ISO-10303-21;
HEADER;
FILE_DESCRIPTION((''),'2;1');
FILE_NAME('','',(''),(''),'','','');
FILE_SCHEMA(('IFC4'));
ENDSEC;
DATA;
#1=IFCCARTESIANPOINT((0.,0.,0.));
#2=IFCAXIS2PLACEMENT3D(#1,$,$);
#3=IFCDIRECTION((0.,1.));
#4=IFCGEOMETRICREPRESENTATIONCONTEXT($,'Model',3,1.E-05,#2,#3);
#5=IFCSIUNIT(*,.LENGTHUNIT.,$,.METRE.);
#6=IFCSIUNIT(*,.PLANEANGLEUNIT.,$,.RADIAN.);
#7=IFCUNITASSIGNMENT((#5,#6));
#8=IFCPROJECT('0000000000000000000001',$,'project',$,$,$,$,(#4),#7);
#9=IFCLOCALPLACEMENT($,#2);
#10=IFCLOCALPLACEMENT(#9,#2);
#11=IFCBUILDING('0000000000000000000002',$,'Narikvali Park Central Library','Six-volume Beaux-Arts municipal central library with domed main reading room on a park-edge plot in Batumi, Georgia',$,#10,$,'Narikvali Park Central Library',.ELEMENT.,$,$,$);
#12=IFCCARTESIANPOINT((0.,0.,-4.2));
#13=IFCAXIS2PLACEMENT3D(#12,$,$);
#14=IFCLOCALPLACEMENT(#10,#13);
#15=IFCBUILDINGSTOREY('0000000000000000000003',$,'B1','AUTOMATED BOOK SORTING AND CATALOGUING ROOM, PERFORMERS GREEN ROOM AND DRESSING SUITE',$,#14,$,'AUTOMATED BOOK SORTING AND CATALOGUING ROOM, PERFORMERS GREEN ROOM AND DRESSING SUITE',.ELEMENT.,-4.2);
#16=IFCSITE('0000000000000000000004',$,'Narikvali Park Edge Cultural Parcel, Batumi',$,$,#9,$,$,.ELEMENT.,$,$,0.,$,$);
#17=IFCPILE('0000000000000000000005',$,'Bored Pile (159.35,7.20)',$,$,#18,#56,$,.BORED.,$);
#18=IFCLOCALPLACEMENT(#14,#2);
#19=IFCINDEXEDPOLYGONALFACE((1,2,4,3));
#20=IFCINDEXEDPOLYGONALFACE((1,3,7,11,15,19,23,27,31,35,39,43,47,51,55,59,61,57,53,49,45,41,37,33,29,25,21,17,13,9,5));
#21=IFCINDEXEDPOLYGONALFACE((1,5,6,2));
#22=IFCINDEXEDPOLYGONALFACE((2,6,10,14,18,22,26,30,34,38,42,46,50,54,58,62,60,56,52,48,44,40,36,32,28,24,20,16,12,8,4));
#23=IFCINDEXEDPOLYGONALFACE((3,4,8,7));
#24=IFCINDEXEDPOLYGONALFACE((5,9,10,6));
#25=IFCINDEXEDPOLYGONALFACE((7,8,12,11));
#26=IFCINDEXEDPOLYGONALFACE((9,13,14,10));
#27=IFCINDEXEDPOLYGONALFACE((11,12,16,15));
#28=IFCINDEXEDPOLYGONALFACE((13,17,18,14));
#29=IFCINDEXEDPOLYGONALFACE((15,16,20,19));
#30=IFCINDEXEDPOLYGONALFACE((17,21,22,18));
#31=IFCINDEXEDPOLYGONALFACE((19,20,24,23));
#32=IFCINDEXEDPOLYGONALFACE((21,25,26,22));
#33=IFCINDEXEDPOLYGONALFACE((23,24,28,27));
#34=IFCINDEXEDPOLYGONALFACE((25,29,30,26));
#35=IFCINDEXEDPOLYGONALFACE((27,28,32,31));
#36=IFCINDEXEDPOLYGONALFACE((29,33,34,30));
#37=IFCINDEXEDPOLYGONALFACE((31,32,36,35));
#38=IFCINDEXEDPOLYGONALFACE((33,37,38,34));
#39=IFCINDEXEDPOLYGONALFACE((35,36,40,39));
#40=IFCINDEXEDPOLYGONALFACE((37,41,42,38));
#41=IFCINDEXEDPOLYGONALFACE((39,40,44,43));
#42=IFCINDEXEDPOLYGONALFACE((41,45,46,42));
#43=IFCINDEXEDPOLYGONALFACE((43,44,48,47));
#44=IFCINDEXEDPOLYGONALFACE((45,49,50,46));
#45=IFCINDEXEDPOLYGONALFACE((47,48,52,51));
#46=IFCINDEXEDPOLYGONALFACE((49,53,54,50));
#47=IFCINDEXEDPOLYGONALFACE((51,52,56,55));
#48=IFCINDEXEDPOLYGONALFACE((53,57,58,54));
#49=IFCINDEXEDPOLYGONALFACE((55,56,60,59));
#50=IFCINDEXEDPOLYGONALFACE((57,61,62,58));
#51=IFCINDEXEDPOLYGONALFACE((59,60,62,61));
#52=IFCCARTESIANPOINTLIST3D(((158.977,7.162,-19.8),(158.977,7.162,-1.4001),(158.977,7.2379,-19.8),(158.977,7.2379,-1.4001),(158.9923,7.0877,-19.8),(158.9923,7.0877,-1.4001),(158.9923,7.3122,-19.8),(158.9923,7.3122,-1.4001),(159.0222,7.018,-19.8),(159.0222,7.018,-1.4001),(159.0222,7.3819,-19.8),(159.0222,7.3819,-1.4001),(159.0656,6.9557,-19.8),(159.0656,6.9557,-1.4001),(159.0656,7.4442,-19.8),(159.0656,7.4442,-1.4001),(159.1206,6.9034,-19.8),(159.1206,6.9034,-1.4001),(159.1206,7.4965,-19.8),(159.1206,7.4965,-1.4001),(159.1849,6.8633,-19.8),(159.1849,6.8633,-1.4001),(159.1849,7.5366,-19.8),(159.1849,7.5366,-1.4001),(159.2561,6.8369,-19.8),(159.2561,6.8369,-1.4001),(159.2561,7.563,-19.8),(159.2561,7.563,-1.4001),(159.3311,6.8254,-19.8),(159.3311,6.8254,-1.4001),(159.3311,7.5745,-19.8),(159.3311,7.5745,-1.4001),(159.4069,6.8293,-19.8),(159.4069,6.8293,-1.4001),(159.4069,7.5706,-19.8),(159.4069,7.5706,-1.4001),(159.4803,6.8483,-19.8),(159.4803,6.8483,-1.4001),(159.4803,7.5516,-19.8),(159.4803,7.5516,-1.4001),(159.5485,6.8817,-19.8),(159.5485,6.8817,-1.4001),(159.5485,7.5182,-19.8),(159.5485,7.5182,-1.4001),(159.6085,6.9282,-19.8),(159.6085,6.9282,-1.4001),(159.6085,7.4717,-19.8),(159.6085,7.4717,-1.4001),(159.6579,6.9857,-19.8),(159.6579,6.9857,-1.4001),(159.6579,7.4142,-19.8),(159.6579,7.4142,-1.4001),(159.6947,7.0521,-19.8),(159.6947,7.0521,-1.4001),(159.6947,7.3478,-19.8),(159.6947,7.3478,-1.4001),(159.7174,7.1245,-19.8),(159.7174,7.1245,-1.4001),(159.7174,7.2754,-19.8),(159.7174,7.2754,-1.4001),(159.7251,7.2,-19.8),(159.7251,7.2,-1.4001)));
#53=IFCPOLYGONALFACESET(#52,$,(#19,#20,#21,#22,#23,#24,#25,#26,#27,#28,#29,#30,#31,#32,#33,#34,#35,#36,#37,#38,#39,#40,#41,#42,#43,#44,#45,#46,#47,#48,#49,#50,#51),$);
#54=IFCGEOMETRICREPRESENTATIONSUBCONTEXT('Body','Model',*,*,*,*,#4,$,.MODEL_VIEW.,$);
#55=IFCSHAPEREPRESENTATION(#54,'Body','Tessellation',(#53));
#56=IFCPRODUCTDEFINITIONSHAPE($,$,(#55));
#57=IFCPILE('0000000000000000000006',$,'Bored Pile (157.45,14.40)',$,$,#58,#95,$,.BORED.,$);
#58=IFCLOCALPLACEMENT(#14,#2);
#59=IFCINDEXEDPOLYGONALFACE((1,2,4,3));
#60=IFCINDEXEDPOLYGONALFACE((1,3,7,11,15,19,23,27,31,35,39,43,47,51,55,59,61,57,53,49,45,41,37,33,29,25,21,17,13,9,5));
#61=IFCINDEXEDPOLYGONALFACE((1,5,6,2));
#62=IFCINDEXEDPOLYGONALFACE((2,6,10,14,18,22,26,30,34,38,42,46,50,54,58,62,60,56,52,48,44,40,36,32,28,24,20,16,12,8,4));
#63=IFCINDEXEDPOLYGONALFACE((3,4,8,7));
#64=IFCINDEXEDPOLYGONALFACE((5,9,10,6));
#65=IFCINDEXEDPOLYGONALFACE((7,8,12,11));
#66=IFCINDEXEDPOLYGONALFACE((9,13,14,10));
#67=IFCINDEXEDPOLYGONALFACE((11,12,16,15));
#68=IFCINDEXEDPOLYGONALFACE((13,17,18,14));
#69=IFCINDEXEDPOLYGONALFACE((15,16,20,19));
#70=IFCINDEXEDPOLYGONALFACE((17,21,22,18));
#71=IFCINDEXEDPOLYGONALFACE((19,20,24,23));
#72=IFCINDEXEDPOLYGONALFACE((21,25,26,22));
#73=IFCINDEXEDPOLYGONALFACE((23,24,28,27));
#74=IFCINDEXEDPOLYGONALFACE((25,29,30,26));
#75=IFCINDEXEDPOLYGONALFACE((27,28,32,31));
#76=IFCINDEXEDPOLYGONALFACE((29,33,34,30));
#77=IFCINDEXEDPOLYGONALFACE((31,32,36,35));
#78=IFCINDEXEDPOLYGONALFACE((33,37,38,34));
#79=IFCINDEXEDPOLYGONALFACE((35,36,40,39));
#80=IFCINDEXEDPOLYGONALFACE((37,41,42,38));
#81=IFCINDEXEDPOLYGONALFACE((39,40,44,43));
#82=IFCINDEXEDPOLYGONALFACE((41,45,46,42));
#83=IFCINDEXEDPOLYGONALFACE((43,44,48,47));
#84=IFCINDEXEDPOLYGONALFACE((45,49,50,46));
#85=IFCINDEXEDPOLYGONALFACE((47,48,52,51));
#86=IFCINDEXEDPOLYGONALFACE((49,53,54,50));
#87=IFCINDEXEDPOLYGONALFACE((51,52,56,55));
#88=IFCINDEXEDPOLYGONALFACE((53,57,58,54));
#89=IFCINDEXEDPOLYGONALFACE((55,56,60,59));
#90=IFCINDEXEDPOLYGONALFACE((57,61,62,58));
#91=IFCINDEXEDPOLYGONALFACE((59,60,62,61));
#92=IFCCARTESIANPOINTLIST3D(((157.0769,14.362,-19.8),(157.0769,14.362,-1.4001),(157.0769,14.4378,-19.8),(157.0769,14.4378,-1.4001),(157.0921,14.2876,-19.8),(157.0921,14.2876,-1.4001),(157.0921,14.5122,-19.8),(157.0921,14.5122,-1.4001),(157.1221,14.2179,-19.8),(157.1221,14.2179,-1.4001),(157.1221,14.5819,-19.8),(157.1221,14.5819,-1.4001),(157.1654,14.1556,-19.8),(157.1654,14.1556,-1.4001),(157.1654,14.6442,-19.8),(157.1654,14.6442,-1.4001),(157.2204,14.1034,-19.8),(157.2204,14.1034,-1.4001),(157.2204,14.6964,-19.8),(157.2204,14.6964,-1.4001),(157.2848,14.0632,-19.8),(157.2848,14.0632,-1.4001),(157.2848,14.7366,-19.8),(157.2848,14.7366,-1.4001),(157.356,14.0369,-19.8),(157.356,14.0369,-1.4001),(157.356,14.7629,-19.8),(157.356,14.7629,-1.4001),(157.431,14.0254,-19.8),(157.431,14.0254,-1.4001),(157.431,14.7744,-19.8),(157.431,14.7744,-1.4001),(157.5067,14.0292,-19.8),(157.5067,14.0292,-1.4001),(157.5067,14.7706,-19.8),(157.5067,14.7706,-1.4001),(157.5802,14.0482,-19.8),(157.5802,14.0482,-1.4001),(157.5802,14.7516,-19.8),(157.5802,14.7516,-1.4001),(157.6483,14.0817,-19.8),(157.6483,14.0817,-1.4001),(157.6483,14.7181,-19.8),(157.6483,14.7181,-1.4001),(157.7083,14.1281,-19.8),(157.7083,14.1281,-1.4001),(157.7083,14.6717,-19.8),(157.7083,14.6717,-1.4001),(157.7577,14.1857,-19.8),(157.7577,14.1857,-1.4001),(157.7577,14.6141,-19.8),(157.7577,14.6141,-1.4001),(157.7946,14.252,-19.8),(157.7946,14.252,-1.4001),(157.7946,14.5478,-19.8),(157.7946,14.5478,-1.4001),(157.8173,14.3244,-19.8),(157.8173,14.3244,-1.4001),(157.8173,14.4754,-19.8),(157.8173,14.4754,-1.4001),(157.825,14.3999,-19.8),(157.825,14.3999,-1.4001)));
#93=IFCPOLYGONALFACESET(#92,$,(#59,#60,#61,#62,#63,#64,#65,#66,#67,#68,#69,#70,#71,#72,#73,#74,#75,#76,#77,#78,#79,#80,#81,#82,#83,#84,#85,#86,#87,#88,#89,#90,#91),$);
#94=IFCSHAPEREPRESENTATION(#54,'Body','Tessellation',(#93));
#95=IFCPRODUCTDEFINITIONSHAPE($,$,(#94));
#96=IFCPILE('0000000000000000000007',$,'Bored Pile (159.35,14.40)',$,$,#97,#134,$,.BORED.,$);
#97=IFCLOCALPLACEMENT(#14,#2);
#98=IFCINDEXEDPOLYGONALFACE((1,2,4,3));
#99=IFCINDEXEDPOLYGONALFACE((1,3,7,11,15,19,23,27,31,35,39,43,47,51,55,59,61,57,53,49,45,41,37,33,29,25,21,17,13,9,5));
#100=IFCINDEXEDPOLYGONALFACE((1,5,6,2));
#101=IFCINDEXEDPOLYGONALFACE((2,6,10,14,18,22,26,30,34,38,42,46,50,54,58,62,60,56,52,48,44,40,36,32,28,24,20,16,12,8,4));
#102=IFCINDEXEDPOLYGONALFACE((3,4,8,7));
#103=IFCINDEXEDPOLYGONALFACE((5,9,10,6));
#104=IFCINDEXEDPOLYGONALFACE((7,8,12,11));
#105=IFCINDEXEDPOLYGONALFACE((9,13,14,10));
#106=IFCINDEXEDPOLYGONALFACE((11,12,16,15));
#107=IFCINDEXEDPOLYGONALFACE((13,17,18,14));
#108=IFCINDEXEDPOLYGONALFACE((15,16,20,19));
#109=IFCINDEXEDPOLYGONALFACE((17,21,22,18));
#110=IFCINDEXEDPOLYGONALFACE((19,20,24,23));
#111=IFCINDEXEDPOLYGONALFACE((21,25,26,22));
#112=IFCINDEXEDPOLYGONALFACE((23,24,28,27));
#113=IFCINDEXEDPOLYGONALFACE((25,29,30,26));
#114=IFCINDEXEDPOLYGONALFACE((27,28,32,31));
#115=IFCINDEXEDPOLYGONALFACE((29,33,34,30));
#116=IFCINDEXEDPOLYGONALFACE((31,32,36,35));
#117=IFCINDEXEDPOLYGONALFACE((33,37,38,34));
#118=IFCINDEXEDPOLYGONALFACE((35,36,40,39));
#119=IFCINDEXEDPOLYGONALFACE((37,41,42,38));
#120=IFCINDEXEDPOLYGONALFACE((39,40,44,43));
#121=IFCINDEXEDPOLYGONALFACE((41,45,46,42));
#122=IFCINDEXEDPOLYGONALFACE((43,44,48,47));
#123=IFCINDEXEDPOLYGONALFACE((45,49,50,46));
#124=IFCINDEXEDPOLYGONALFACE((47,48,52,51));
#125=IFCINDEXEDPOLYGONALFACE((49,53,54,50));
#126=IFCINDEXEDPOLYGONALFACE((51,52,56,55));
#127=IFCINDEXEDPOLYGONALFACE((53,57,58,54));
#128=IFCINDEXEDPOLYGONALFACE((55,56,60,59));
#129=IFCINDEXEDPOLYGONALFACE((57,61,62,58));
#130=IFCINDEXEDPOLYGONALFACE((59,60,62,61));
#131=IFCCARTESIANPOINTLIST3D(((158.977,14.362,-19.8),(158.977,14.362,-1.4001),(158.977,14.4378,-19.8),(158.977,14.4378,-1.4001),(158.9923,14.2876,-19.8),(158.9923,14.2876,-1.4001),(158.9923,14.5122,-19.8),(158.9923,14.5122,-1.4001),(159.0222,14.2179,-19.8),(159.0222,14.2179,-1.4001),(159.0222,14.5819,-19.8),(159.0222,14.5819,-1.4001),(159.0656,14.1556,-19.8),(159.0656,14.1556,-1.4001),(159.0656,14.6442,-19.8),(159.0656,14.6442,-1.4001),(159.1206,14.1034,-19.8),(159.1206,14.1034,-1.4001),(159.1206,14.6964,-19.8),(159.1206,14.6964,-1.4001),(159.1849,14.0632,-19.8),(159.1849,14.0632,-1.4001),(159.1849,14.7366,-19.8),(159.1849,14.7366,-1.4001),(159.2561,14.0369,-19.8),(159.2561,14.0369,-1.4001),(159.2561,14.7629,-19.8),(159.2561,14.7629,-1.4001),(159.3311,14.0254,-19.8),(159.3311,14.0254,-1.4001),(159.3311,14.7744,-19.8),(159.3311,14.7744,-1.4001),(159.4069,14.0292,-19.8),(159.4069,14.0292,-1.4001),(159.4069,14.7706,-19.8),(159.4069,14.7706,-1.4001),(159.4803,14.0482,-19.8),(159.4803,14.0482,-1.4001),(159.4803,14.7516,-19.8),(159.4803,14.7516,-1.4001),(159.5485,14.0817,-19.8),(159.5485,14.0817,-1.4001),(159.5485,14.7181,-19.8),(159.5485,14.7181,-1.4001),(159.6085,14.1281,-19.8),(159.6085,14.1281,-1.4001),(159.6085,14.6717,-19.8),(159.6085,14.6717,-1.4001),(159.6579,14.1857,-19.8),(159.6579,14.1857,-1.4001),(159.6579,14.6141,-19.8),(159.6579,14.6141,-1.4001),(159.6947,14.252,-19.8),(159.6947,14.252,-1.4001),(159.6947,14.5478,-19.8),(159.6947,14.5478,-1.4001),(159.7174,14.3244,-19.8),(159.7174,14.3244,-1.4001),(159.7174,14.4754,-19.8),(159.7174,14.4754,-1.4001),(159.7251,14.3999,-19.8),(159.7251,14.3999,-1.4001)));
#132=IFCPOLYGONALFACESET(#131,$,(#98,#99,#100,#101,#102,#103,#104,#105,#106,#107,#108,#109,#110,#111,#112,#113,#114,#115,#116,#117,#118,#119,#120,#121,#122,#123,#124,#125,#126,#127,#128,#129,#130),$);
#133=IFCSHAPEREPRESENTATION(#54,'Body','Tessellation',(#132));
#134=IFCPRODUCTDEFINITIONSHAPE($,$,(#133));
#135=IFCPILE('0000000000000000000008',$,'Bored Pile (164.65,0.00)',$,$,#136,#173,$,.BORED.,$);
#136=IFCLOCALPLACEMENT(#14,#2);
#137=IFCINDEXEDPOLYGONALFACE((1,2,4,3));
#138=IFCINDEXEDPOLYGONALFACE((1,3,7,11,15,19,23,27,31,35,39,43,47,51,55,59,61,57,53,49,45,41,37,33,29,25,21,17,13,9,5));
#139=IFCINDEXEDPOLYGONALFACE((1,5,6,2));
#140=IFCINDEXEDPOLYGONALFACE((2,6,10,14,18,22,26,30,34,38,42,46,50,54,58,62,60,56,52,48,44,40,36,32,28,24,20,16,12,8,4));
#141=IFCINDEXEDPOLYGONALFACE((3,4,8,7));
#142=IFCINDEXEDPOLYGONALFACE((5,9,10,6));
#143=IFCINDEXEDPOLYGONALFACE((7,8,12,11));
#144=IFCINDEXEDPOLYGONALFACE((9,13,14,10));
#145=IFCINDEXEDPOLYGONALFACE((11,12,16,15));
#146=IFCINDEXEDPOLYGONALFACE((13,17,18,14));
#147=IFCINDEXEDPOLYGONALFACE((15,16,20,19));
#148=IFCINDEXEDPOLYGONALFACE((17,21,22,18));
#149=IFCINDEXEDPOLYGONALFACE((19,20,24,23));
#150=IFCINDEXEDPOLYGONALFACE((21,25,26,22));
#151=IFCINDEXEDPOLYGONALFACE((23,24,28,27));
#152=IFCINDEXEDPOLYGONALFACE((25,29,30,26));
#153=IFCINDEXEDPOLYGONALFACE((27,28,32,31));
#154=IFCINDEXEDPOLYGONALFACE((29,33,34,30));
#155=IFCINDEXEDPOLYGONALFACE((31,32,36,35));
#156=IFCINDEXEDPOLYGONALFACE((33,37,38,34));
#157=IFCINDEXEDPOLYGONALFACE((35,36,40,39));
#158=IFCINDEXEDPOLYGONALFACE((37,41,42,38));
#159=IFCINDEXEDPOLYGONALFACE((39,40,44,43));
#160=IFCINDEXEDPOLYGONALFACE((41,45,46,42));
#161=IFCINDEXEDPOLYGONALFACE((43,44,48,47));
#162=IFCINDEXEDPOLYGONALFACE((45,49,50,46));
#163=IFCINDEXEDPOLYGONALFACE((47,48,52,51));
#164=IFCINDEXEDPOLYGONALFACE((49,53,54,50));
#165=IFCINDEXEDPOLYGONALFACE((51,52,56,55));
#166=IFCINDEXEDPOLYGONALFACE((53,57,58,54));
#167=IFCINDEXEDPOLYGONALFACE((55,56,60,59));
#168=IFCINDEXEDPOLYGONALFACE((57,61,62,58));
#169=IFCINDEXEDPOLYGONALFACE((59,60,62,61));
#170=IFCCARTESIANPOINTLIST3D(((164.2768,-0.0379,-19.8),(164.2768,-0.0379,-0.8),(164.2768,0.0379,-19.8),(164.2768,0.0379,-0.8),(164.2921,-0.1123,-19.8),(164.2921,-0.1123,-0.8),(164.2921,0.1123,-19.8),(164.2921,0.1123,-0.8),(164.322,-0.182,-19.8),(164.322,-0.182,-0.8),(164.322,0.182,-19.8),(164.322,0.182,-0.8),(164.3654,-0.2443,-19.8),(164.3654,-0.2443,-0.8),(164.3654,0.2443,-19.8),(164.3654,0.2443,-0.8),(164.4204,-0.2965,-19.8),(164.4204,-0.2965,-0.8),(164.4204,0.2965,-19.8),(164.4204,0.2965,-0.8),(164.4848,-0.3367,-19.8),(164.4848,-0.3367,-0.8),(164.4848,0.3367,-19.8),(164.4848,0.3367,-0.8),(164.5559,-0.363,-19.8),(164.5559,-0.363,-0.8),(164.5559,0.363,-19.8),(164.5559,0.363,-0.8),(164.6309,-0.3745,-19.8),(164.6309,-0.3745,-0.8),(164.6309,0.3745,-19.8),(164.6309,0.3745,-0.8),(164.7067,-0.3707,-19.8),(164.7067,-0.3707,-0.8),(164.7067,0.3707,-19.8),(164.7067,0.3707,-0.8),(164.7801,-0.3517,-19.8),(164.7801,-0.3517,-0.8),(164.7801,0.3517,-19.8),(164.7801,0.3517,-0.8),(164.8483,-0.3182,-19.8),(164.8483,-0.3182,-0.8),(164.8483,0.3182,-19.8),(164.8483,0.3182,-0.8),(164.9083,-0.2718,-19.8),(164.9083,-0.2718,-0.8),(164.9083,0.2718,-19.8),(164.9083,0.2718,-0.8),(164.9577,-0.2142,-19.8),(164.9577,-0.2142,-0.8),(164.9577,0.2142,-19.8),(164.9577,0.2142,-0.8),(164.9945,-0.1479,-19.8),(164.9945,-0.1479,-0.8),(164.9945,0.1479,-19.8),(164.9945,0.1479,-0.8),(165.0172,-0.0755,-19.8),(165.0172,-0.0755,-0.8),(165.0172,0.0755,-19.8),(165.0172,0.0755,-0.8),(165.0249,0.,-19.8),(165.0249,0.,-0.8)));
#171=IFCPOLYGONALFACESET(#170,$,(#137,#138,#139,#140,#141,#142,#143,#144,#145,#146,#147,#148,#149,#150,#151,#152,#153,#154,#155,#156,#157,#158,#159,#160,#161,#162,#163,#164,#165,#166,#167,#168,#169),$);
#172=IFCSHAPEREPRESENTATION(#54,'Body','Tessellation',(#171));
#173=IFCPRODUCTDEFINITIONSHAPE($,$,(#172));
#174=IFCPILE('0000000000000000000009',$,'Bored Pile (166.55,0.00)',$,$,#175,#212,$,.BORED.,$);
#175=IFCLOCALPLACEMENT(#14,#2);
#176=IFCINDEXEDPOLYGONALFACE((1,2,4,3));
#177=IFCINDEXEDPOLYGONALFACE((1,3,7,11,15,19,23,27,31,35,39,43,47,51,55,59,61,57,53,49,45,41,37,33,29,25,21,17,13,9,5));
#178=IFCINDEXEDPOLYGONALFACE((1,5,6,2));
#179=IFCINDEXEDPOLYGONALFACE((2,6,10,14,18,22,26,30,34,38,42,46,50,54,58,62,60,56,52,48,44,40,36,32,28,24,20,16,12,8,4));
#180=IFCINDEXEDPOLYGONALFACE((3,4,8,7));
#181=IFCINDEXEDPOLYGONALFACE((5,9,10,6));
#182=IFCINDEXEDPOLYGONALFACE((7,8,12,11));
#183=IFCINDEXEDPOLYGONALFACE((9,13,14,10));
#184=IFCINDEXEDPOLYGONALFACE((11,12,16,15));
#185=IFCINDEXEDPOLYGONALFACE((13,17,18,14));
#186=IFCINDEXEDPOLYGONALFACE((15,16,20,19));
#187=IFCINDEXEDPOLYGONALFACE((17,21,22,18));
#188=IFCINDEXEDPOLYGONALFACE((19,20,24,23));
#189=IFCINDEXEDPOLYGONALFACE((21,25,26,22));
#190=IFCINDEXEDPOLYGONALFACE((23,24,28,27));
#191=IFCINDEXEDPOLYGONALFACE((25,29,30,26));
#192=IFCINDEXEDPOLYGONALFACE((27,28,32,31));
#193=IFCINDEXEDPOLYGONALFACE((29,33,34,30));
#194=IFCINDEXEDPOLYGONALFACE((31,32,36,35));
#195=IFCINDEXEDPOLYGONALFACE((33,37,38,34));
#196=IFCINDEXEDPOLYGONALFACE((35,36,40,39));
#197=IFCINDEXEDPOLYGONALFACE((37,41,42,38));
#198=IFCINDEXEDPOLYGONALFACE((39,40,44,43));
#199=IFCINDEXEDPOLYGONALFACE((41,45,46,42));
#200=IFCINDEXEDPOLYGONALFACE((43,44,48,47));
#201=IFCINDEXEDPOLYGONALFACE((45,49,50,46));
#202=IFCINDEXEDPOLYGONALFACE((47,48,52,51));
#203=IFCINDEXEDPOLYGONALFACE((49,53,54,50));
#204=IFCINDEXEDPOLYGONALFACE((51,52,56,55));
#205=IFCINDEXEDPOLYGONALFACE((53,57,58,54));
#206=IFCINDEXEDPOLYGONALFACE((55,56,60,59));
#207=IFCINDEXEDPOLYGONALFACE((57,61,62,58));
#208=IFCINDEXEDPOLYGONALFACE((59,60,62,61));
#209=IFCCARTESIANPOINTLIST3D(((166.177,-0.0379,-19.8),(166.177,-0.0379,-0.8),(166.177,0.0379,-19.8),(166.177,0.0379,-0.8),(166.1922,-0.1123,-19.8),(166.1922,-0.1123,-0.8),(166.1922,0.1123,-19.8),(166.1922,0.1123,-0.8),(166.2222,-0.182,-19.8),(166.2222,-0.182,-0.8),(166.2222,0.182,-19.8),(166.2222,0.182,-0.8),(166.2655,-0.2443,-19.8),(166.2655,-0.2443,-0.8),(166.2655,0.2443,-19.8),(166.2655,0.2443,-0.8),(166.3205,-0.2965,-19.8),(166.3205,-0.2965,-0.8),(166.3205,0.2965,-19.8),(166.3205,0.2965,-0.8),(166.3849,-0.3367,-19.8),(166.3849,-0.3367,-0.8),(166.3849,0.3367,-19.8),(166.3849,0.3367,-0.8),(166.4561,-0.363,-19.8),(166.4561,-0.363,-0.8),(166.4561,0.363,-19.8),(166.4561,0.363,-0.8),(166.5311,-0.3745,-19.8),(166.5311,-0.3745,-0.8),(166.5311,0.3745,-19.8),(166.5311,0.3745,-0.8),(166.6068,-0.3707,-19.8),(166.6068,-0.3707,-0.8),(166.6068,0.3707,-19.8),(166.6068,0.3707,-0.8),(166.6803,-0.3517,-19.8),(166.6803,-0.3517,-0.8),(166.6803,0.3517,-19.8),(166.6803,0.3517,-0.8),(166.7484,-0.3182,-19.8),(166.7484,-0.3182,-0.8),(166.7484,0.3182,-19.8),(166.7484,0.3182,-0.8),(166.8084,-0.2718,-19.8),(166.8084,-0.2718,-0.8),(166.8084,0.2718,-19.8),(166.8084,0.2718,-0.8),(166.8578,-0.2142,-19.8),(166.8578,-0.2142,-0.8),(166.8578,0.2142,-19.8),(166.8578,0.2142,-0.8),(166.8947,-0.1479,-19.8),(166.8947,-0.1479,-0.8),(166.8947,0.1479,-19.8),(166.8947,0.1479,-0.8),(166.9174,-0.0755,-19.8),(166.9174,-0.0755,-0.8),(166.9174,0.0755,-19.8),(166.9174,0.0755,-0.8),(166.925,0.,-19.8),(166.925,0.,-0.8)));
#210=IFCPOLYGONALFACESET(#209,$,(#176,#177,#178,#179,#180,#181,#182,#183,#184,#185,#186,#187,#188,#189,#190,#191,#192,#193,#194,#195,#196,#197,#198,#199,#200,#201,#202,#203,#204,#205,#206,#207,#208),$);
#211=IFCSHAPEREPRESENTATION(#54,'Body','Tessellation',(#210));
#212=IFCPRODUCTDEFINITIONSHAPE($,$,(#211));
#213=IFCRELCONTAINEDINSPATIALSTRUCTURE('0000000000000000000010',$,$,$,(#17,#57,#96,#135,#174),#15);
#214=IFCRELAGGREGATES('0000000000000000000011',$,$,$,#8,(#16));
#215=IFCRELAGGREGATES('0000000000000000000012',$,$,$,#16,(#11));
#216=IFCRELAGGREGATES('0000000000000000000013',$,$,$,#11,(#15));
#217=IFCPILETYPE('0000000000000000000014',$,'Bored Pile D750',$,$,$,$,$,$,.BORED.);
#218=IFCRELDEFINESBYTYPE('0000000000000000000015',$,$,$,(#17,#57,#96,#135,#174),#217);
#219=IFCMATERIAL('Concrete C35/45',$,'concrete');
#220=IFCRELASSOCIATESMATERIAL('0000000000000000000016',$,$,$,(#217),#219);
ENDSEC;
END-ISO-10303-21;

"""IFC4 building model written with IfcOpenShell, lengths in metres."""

from ifc_helpers import new_model, si_unit, direction, frame, origin, origin_2d, place, context, subcontext, project, spatial, circle, extrude, material, material_profile, profile_set, type_object, element, save


model = new_model("IFC4")

# Units and contexts
model_context = context("Model", 3, precision=1e-05, world=origin(), true_north=direction((0.0, 1.0)))
body_context = subcontext(model_context, "Body", "Model", "MODEL_VIEW")
ifc_project = project(units=[si_unit("LENGTHUNIT", "METRE"), si_unit("PLANEANGLEUNIT", "RADIAN")], contexts=[model_context])

# Site, building, storey
site_placement = place(None, origin())
site = spatial("IfcSite", under=ifc_project, at=site_placement, Name="Narikvali Park Edge Cultural Parcel, Batumi", CompositionType="ELEMENT", RefElevation=0.0)
building_placement = place(site_placement, origin())
building = spatial("IfcBuilding", under=site, at=building_placement, Name="Narikvali Park Central Library", Description="Six-volume Beaux-Arts municipal central library with domed main reading room on a park-edge plot in Batumi, Georgia", LongName="Narikvali Park Central Library", CompositionType="ELEMENT")
storey_placement = place(building_placement, frame((0.0, 0.0, -4.2)))
storey = spatial("IfcBuildingStorey", under=building, at=storey_placement, Name="B1", Description="AUTOMATED BOOK SORTING AND CATALOGUING ROOM, PERFORMERS GREEN ROOM AND DRESSING SUITE", LongName="AUTOMATED BOOK SORTING AND CATALOGUING ROOM, PERFORMERS GREEN ROOM AND DRESSING SUITE", CompositionType="ELEMENT", Elevation=-4.2)

# Piles
ifc_material_1 = material(Name="Concrete C35/45", Category="concrete")
ifc_material_profile_1 = material_profile(ifc_material_1, circle(Radius=0.375, at=origin_2d()), Name="PILE D750")
ifc_profile_set_1 = profile_set([ifc_material_profile_1], Name="Concrete C35/45")
pile_type = type_object("IfcPileType", Name="Bored Pile D750", PredefinedType="BORED", material=ifc_profile_set_1)
for number, where, z_axis, x_axis, name in (
    (1, (159.3501, 7.2, -1.4001), (0.0, 0.0, -1.0), (1.0, 0.0, 0.0), "Bored Pile (159.35,7.20)"),
    (2, (157.45, 14.3999, -1.4001), (0.0, 0.0, -1.0), (1.0, 0.0, 0.0), "Bored Pile (157.45,14.40)"),
    (3, (159.3501, 14.3999, -1.4001), (0.0, 0.0, -1.0), (1.0, 0.0, 0.0), "Bored Pile (159.35,14.40)"),
):
    element("IfcPile", number, at=place(storey_placement, frame(where, z_axis=z_axis, x_axis=x_axis)), inside=storey, type_object=pile_type, Name=name, PredefinedType="BORED", context=body_context, shape_type="SweptSolid", body=[
        extrude(circle(Radius=0.375, at=origin_2d()), origin(), (0.0, 0.0, 1.0), 18.3999),
    ])
for number, where, z_axis, x_axis, name in (
    (4, (164.6499, 0.0, -0.8), (0.0, 0.0, -1.0), (1.0, 0.0, 0.0), "Bored Pile (164.65,0.00)"),
    (5, (166.55, 0.0, -0.8), (0.0, 0.0, -1.0), (1.0, 0.0, 0.0), "Bored Pile (166.55,0.00)"),
):
    element("IfcPile", number, at=place(storey_placement, frame(where, z_axis=z_axis, x_axis=x_axis)), inside=storey, type_object=pile_type, Name=name, PredefinedType="BORED", context=body_context, shape_type="SweptSolid", body=[
        extrude(circle(Radius=0.375, at=origin_2d()), origin(), (0.0, 0.0, 1.0), 19.0),
    ])

save(model, "model.ifc")
